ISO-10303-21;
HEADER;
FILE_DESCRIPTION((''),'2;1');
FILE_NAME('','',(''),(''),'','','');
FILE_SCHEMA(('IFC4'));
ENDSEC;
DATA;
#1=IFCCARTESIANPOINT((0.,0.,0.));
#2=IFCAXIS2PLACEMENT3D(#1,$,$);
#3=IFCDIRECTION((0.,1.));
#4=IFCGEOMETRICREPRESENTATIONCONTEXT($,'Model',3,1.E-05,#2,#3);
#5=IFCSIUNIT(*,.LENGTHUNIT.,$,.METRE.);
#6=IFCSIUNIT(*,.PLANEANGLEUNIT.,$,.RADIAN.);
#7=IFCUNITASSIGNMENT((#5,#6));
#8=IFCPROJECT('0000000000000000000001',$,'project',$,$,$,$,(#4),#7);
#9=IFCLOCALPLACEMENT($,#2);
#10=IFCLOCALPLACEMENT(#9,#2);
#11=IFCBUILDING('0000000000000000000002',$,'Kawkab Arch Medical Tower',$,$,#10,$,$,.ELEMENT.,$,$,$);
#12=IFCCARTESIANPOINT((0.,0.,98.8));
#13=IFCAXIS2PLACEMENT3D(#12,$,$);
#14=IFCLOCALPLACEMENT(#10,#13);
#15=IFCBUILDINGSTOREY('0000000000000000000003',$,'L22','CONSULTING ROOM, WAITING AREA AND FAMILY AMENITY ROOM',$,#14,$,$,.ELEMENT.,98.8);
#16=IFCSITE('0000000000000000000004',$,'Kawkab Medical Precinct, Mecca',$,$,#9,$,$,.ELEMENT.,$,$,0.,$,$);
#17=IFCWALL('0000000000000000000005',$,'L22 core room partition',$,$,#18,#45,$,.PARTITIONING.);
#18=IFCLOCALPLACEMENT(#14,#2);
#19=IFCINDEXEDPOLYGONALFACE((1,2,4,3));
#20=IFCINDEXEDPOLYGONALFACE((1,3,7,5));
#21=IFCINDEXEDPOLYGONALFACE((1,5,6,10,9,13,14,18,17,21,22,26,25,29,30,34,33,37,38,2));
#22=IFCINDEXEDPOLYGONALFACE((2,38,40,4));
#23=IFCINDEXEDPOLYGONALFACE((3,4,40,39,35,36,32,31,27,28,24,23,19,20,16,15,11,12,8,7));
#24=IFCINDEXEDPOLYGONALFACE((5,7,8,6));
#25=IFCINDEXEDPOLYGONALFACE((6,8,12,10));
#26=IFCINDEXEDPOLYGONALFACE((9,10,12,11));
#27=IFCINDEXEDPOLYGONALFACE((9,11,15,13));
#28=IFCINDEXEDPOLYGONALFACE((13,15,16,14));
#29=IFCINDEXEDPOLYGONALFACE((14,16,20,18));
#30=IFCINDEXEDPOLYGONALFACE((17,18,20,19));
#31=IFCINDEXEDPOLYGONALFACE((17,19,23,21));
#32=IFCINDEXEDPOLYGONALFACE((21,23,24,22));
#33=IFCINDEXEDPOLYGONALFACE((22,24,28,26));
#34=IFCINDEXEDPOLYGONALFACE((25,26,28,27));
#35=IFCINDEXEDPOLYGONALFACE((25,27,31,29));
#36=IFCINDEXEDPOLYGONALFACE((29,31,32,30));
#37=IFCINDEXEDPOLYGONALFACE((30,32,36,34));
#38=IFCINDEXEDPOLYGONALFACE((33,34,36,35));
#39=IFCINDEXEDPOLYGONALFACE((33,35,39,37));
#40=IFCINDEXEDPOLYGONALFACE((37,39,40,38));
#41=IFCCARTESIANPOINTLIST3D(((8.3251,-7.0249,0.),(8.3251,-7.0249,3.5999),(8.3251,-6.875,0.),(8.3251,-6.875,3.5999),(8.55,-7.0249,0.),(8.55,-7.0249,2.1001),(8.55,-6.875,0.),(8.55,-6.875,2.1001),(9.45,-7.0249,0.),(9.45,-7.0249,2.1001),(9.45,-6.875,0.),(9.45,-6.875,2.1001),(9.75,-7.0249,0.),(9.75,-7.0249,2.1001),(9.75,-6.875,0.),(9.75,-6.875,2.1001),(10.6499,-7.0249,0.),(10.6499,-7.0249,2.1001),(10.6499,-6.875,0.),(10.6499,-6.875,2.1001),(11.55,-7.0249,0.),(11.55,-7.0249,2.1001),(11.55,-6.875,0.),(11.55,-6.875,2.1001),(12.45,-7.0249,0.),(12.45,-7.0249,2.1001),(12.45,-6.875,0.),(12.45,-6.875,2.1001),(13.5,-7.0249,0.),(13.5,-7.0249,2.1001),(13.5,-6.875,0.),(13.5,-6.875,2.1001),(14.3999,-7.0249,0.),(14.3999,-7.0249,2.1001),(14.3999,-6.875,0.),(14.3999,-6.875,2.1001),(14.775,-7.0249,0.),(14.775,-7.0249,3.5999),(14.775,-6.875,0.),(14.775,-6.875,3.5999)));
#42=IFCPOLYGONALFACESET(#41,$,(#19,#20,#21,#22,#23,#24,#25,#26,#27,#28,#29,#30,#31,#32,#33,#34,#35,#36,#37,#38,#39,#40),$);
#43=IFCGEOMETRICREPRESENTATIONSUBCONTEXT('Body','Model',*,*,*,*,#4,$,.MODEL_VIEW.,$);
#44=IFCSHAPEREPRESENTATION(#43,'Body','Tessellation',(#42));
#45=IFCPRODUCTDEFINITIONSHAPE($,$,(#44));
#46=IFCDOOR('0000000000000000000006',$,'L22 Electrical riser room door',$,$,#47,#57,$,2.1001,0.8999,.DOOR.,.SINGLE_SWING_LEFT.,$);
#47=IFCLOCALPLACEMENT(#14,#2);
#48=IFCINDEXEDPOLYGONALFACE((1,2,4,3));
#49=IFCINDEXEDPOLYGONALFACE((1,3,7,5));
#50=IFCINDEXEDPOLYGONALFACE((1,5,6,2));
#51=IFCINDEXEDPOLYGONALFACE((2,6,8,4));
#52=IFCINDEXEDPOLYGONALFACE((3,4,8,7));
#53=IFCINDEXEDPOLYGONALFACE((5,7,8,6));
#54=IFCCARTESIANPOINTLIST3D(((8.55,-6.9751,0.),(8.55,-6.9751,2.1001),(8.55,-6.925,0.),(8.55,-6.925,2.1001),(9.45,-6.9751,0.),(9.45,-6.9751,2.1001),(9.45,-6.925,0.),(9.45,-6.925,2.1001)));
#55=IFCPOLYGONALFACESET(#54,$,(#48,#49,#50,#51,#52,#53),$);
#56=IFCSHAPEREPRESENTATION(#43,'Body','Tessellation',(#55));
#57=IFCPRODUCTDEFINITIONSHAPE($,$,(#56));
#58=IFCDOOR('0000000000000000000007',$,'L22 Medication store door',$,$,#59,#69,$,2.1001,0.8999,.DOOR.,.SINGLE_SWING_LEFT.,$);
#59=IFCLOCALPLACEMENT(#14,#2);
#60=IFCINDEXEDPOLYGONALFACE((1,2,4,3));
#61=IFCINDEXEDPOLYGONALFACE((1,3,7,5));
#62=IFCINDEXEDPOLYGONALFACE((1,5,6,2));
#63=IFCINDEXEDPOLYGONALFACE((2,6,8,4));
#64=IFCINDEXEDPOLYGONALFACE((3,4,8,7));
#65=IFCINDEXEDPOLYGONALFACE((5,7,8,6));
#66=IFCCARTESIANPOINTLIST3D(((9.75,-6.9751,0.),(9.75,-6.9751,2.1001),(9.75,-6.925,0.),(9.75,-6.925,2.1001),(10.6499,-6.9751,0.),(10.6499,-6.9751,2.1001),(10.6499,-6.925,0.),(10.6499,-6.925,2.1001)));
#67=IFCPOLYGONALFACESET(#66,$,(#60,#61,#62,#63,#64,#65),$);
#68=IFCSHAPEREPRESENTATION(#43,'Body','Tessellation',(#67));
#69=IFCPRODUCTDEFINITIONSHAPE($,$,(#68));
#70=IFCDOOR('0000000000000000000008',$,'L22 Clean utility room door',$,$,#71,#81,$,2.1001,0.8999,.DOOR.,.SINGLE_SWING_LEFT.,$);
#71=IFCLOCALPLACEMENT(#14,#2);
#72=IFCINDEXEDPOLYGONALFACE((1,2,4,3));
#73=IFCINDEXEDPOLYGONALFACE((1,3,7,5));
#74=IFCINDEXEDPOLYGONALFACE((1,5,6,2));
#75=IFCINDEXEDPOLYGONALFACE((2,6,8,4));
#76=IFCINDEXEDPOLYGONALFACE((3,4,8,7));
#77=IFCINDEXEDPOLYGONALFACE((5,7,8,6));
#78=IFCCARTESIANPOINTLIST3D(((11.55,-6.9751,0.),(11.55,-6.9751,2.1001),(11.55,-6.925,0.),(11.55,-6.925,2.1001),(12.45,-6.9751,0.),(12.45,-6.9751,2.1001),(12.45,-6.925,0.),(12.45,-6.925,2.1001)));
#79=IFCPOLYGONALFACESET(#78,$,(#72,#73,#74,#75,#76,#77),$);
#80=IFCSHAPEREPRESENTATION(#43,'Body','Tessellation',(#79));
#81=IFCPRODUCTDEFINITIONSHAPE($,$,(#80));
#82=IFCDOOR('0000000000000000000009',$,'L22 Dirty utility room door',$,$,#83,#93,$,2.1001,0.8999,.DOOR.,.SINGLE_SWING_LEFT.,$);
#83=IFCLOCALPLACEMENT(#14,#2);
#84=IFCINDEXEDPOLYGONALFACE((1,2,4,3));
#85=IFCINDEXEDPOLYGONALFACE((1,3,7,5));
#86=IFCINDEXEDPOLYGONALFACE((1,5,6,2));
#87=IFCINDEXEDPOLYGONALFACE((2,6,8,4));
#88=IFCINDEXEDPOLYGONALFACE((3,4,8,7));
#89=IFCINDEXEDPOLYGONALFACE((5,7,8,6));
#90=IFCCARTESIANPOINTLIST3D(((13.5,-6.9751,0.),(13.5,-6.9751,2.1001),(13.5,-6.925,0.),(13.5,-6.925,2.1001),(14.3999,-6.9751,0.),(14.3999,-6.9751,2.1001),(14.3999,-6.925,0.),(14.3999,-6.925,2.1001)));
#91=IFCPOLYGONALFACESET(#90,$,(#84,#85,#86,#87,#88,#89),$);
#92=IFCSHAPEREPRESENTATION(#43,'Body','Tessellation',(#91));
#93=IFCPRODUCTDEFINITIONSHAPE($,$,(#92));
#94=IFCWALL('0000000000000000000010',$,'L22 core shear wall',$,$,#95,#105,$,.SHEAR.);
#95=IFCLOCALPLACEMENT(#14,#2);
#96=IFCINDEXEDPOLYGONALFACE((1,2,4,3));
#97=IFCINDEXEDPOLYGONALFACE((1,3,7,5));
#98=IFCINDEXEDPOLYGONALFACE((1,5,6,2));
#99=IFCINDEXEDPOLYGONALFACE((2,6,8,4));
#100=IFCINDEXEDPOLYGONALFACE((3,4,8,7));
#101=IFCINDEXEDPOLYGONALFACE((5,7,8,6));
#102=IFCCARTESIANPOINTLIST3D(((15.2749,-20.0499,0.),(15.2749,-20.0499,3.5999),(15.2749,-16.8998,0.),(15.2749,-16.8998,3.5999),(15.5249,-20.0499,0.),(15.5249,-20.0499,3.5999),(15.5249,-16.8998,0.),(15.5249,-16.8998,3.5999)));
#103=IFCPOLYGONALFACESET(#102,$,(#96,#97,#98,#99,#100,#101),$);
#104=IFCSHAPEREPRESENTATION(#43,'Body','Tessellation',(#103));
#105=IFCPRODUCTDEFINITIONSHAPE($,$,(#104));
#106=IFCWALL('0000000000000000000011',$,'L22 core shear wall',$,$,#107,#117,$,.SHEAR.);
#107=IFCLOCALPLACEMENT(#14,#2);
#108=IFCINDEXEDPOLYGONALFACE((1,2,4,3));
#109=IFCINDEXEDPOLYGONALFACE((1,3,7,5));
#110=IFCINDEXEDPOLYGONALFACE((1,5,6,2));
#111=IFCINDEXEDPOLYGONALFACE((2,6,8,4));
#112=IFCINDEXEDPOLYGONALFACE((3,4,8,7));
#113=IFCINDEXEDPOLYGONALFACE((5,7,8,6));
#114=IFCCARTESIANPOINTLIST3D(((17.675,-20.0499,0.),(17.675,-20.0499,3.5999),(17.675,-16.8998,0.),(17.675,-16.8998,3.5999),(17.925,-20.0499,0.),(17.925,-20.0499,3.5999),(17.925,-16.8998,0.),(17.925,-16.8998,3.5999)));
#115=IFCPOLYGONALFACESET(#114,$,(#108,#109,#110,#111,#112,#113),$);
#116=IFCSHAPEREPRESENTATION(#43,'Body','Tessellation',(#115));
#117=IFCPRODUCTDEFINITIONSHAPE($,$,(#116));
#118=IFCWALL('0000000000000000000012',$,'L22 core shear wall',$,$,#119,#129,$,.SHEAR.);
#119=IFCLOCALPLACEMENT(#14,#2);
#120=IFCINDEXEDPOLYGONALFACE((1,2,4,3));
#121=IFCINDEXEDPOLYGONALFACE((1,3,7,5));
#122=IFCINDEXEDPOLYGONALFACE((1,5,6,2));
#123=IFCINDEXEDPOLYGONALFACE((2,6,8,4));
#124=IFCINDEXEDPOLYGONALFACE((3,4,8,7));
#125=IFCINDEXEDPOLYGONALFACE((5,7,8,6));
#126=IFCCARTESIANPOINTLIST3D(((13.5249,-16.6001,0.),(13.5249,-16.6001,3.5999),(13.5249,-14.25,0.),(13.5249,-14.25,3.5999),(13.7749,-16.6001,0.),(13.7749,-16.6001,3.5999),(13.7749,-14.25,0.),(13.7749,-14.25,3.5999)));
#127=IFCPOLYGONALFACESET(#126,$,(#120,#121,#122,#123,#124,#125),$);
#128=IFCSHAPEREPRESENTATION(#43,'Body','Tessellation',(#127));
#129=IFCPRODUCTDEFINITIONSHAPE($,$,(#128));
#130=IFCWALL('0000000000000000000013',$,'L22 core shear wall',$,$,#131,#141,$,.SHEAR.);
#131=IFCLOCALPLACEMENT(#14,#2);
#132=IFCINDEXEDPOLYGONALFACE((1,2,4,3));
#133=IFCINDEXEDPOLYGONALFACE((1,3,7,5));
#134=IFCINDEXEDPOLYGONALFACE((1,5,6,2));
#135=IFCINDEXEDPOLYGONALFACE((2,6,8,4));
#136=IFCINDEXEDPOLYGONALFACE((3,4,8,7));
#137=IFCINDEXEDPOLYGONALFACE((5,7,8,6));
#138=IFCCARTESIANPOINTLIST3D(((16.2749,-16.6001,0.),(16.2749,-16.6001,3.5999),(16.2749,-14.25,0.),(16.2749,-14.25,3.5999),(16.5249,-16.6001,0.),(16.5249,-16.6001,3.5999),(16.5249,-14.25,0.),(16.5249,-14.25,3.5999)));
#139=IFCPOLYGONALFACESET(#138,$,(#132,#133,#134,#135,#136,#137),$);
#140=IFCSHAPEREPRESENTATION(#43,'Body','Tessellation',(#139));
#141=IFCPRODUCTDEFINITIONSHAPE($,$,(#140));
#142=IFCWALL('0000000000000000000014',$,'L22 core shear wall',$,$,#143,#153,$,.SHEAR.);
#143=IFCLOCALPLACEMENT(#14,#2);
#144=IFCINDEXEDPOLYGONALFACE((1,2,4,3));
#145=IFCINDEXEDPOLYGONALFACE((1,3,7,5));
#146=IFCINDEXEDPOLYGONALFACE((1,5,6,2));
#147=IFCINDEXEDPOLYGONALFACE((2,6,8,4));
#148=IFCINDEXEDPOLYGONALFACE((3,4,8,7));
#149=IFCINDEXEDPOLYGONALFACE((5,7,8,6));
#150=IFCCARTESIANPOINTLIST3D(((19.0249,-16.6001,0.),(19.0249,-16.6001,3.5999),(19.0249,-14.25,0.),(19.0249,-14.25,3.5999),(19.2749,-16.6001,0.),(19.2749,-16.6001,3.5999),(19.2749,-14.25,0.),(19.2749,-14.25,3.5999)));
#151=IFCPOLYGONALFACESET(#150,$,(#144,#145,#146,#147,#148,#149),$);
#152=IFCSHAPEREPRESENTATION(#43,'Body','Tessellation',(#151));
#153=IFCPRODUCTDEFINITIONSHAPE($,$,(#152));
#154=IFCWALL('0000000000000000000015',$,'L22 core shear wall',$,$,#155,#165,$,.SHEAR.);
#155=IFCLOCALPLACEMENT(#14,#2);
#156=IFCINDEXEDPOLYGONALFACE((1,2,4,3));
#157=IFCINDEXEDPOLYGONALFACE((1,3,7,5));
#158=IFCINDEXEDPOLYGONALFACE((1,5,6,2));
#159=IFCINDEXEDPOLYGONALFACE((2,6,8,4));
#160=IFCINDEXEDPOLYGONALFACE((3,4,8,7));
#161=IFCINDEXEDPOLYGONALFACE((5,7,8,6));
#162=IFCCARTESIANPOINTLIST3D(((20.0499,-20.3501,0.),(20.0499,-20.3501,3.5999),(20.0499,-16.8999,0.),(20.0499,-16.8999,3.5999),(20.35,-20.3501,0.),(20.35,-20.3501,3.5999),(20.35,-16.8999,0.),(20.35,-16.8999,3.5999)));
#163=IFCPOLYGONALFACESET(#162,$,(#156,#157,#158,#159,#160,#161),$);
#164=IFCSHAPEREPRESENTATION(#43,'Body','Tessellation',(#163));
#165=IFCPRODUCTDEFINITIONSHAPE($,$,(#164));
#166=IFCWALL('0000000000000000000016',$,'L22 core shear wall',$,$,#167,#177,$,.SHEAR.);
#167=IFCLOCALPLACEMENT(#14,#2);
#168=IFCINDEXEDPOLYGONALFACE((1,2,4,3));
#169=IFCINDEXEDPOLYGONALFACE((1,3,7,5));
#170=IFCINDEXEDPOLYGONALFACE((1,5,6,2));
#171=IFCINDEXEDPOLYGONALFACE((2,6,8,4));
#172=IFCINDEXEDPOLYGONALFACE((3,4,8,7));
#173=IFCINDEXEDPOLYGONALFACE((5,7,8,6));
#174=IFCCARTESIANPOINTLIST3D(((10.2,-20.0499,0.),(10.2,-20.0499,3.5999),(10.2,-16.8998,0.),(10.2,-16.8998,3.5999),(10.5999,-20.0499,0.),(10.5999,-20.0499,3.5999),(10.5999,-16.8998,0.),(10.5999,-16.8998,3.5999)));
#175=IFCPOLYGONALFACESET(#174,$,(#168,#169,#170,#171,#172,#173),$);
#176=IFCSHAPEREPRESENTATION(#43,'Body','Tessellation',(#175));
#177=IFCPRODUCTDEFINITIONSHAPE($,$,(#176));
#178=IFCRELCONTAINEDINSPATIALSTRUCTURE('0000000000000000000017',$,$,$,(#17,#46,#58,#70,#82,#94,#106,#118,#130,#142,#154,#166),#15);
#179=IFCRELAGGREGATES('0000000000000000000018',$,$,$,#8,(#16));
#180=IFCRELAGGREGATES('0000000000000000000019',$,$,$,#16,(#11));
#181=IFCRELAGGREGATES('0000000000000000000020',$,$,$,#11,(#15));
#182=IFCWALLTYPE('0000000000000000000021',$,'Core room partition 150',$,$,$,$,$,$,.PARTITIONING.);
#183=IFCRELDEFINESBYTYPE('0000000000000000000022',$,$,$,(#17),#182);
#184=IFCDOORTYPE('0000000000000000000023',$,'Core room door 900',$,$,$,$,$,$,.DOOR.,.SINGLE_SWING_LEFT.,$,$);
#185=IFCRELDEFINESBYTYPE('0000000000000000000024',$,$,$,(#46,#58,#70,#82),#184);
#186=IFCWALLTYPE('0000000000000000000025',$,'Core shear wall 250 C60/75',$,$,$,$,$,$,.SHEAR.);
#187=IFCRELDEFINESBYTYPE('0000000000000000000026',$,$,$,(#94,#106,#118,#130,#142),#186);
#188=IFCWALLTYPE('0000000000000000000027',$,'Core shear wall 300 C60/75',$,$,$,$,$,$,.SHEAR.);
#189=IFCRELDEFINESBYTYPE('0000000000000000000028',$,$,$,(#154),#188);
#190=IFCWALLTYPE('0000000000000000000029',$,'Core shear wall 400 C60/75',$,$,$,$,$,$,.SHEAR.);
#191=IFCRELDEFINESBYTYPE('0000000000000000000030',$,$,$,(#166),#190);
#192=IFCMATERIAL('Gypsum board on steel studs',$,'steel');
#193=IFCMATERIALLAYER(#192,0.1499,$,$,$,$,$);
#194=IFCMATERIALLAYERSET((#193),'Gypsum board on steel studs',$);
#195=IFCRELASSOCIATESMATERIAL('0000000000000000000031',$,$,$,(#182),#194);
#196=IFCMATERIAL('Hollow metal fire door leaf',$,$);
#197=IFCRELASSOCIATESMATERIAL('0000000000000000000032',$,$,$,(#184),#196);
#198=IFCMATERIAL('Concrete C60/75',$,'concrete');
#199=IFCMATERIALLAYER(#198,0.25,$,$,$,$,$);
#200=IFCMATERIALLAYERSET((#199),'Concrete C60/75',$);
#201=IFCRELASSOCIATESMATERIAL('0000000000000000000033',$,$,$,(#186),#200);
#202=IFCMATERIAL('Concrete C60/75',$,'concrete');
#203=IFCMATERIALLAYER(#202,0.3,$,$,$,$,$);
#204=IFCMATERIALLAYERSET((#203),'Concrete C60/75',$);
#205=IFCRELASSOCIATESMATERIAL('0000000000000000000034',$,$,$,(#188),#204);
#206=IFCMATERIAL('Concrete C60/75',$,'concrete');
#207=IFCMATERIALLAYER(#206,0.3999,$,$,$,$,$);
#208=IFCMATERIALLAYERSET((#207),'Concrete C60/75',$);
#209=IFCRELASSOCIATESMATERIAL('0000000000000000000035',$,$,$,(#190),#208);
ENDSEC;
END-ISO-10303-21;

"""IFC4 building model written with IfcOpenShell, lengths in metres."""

from ifc_helpers import new_model, si_unit, direction, frame, frame_2d, origin, place, context, subcontext, project, spatial, rectangle, extrude, material, layer, layer_set, type_object, element, fill, save


model = new_model("IFC4")

# Units and contexts
model_context = context("Model", 3, precision=1e-05, world=origin(), true_north=direction((0.0, 1.0)))
body_context = subcontext(model_context, "Body", "Model", "MODEL_VIEW")
ifc_project = project(units=[si_unit("LENGTHUNIT", "METRE"), si_unit("PLANEANGLEUNIT", "RADIAN")], contexts=[model_context])

# Site, building, storey
site_placement = place(None, origin())
site = spatial("IfcSite", under=ifc_project, at=site_placement, Name="Kawkab Medical Precinct, Mecca", CompositionType="ELEMENT", RefElevation=0.0)
building_placement = place(site_placement, origin())
building = spatial("IfcBuilding", under=site, at=building_placement, Name="Kawkab Arch Medical Tower", CompositionType="ELEMENT")
storey_placement = place(building_placement, frame((0.0, 0.0, 98.8)))
storey = spatial("IfcBuildingStorey", under=building, at=storey_placement, Name="L22", Description="CONSULTING ROOM, WAITING AREA AND FAMILY AMENITY ROOM", CompositionType="ELEMENT", Elevation=98.8)

# Wall, openings, doors
ifc_material_1 = material(Name="Gypsum board on steel studs", Category="steel")
ifc_layer_1 = layer(ifc_material_1, 0.1499)
ifc_layer_set_1 = layer_set([ifc_layer_1], Name="Gypsum board on steel studs")
wall_type_1 = type_object("IfcWallType", Name="Core room partition 150", PredefinedType="PARTITIONING", material=ifc_layer_set_1)
wall_1_placement = place(storey_placement, frame((8.325, -6.95, 0.0), z_axis=(0.0, 0.0, 1.0), x_axis=(1.0, 0.0, 0.0)))
wall_1 = element("IfcWall", 1, at=wall_1_placement, inside=storey, type_object=wall_type_1, Name="L22 core room partition", PredefinedType="PARTITIONING", context=body_context, shape_type="SweptSolid", body=[
    extrude(rectangle(XDim=6.45, YDim=0.1499, at=frame_2d((3.2251, 0.0))), origin(), (0.0, 0.0, 1.0), 3.5999),
])
opening_1_placement = place(wall_1_placement, frame((0.2251, 0.0, 0.0)))
opening_1 = element("IfcOpeningElement", 2, at=opening_1_placement, cuts=wall_1, PredefinedType="OPENING", context=body_context, shape_type="SweptSolid", body=[
    extrude(rectangle(XDim=0.8999, YDim=2.1001, at=frame_2d((0.45, 1.05))), frame((0.0, 0.085, 0.0), z_axis=(0.0, -1.0, 0.0), x_axis=(1.0, 0.0, 0.0)), (0.0, 0.0, 1.0), 0.1699),
])
opening_2_placement = place(wall_1_placement, frame((1.425, 0.0, 0.0)))
opening_2 = element("IfcOpeningElement", 3, at=opening_2_placement, cuts=wall_1, PredefinedType="OPENING", context=body_context, shape_type="SweptSolid", body=[
    extrude(rectangle(XDim=0.8999, YDim=2.1001, at=frame_2d((0.45, 1.05))), frame((0.0, 0.085, 0.0), z_axis=(0.0, -1.0, 0.0), x_axis=(1.0, 0.0, 0.0)), (0.0, 0.0, 1.0), 0.1699),
])
opening_3_placement = place(wall_1_placement, frame((3.2251, 0.0, 0.0)))
opening_3 = element("IfcOpeningElement", 4, at=opening_3_placement, cuts=wall_1, PredefinedType="OPENING", context=body_context, shape_type="SweptSolid", body=[
    extrude(rectangle(XDim=0.8999, YDim=2.1001, at=frame_2d((0.45, 1.05))), frame((0.0, 0.085, 0.0), z_axis=(0.0, -1.0, 0.0), x_axis=(1.0, 0.0, 0.0)), (0.0, 0.0, 1.0), 0.1699),
])
opening_4_placement = place(wall_1_placement, frame((5.175, 0.0, 0.0)))
opening_4 = element("IfcOpeningElement", 5, at=opening_4_placement, cuts=wall_1, PredefinedType="OPENING", context=body_context, shape_type="SweptSolid", body=[
    extrude(rectangle(XDim=0.8999, YDim=2.1001, at=frame_2d((0.45, 1.05))), frame((0.0, 0.085, 0.0), z_axis=(0.0, -1.0, 0.0), x_axis=(1.0, 0.0, 0.0)), (0.0, 0.0, 1.0), 0.1699),
])
ifc_material_2 = material(Name="Hollow metal fire door leaf")
door_type = type_object("IfcDoorType", Name="Core room door 900", OperationType="SINGLE_SWING_LEFT", PredefinedType="DOOR", material=ifc_material_2)
door_1_placement = place(opening_1_placement, origin())
door_1 = element("IfcDoor", 6, at=door_1_placement, inside=storey, type_object=door_type, Name="L22 Electrical riser room door", OperationType="SINGLE_SWING_LEFT", OverallHeight=2.1001, OverallWidth=0.8999, PredefinedType="DOOR", context=body_context, shape_type="SweptSolid", body=[
    extrude(rectangle(XDim=0.8999, YDim=2.1001, at=frame_2d((0.45, 1.05))), frame((0.0, 0.0249, 0.0), z_axis=(0.0, -1.0, 0.0), x_axis=(1.0, 0.0, 0.0)), (0.0, 0.0, 1.0), 0.05),
])
fill(opening_1, door_1)
door_2_placement = place(opening_2_placement, origin())
door_2 = element("IfcDoor", 7, at=door_2_placement, inside=storey, type_object=door_type, Name="L22 Medication store door", OperationType="SINGLE_SWING_LEFT", OverallHeight=2.1001, OverallWidth=0.8999, PredefinedType="DOOR", context=body_context, shape_type="SweptSolid", body=[
    extrude(rectangle(XDim=0.8999, YDim=2.1001, at=frame_2d((0.45, 1.05))), frame((0.0, 0.0249, 0.0), z_axis=(0.0, -1.0, 0.0), x_axis=(1.0, 0.0, 0.0)), (0.0, 0.0, 1.0), 0.05),
])
fill(opening_2, door_2)
door_3_placement = place(opening_3_placement, origin())
door_3 = element("IfcDoor", 8, at=door_3_placement, inside=storey, type_object=door_type, Name="L22 Clean utility room door", OperationType="SINGLE_SWING_LEFT", OverallHeight=2.1001, OverallWidth=0.8999, PredefinedType="DOOR", context=body_context, shape_type="SweptSolid", body=[
    extrude(rectangle(XDim=0.8999, YDim=2.1001, at=frame_2d((0.45, 1.05))), frame((0.0, 0.0249, 0.0), z_axis=(0.0, -1.0, 0.0), x_axis=(1.0, 0.0, 0.0)), (0.0, 0.0, 1.0), 0.05),
])
fill(opening_3, door_3)
door_4_placement = place(opening_4_placement, origin())
door_4 = element("IfcDoor", 9, at=door_4_placement, inside=storey, type_object=door_type, Name="L22 Dirty utility room door", OperationType="SINGLE_SWING_LEFT", OverallHeight=2.1001, OverallWidth=0.8999, PredefinedType="DOOR", context=body_context, shape_type="SweptSolid", body=[
    extrude(rectangle(XDim=0.8999, YDim=2.1001, at=frame_2d((0.45, 1.05))), frame((0.0, 0.0249, 0.0), z_axis=(0.0, -1.0, 0.0), x_axis=(1.0, 0.0, 0.0)), (0.0, 0.0, 1.0), 0.05),
])
fill(opening_4, door_4)

# Walls
ifc_material_3 = material(Name="Concrete C60/75", Category="concrete")
ifc_layer_2 = layer(ifc_material_3, 0.25)
ifc_layer_set_2 = layer_set([ifc_layer_2], Name="Concrete C60/75")
wall_type_2 = type_object("IfcWallType", Name="Core shear wall 250 C60/75", PredefinedType="SHEAR", material=ifc_layer_set_2)
for number, where, z_axis, x_axis, name in (
    (10, (15.3999, -20.05, 0.0), (0.0, 0.0, 1.0), (0.0, 1.0, 0.0), "L22 core shear wall"),
    (11, (17.8, -20.05, 0.0), (0.0, 0.0, 1.0), (0.0, 1.0, 0.0), "L22 core shear wall"),
):
    element("IfcWall", number, at=place(storey_placement, frame(where, z_axis=z_axis, x_axis=x_axis)), inside=storey, type_object=wall_type_2, Name=name, PredefinedType="SHEAR", context=body_context, shape_type="SweptSolid", body=[
        extrude(rectangle(XDim=3.1501, YDim=0.25, at=frame_2d((1.5752, 0.0))), origin(), (0.0, 0.0, 1.0), 3.5999),
    ])
for number, where, z_axis, x_axis, name in (
    (12, (13.6499, -16.6001, 0.0), (0.0, 0.0, 1.0), (0.0, 1.0, 0.0), "L22 core shear wall"),
    (13, (16.3999, -16.6001, 0.0), (0.0, 0.0, 1.0), (0.0, 1.0, 0.0), "L22 core shear wall"),
    (14, (19.1499, -16.6001, 0.0), (0.0, 0.0, 1.0), (0.0, 1.0, 0.0), "L22 core shear wall"),
):
    element("IfcWall", number, at=place(storey_placement, frame(where, z_axis=z_axis, x_axis=x_axis)), inside=storey, type_object=wall_type_2, Name=name, PredefinedType="SHEAR", context=body_context, shape_type="SweptSolid", body=[
        extrude(rectangle(XDim=2.3501, YDim=0.25, at=frame_2d((1.175, 0.0))), origin(), (0.0, 0.0, 1.0), 3.5999),
    ])
ifc_material_4 = material(Name="Concrete C60/75", Category="concrete")
ifc_layer_3 = layer(ifc_material_4, 0.3)
ifc_layer_set_3 = layer_set([ifc_layer_3], Name="Concrete C60/75")
wall_type_3 = type_object("IfcWallType", Name="Core shear wall 300 C60/75", PredefinedType="SHEAR", material=ifc_layer_set_3)
wall_2_placement = place(storey_placement, frame((20.2, -20.3501, 0.0), z_axis=(0.0, 0.0, 1.0), x_axis=(0.0, 1.0, 0.0)))
element("IfcWall", 15, at=wall_2_placement, inside=storey, type_object=wall_type_3, Name="L22 core shear wall", PredefinedType="SHEAR", context=body_context, shape_type="SweptSolid", body=[
    extrude(rectangle(XDim=3.4502, YDim=0.3, at=frame_2d((1.7251, 0.0))), origin(), (0.0, 0.0, 1.0), 3.5999),
])
ifc_material_5 = material(Name="Concrete C60/75", Category="concrete")
ifc_layer_4 = layer(ifc_material_5, 0.3999)
ifc_layer_set_4 = layer_set([ifc_layer_4], Name="Concrete C60/75")
wall_type_4 = type_object("IfcWallType", Name="Core shear wall 400 C60/75", PredefinedType="SHEAR", material=ifc_layer_set_4)
wall_3_placement = place(storey_placement, frame((10.3999, -20.05, 0.0), z_axis=(0.0, 0.0, 1.0), x_axis=(0.0, 1.0, 0.0)))
element("IfcWall", 16, at=wall_3_placement, inside=storey, type_object=wall_type_4, Name="L22 core shear wall", PredefinedType="SHEAR", context=body_context, shape_type="SweptSolid", body=[
    extrude(rectangle(XDim=3.1501, YDim=0.3999, at=frame_2d((1.5752, 0.0))), origin(), (0.0, 0.0, 1.0), 3.5999),
])

save(model, "model.ifc")
